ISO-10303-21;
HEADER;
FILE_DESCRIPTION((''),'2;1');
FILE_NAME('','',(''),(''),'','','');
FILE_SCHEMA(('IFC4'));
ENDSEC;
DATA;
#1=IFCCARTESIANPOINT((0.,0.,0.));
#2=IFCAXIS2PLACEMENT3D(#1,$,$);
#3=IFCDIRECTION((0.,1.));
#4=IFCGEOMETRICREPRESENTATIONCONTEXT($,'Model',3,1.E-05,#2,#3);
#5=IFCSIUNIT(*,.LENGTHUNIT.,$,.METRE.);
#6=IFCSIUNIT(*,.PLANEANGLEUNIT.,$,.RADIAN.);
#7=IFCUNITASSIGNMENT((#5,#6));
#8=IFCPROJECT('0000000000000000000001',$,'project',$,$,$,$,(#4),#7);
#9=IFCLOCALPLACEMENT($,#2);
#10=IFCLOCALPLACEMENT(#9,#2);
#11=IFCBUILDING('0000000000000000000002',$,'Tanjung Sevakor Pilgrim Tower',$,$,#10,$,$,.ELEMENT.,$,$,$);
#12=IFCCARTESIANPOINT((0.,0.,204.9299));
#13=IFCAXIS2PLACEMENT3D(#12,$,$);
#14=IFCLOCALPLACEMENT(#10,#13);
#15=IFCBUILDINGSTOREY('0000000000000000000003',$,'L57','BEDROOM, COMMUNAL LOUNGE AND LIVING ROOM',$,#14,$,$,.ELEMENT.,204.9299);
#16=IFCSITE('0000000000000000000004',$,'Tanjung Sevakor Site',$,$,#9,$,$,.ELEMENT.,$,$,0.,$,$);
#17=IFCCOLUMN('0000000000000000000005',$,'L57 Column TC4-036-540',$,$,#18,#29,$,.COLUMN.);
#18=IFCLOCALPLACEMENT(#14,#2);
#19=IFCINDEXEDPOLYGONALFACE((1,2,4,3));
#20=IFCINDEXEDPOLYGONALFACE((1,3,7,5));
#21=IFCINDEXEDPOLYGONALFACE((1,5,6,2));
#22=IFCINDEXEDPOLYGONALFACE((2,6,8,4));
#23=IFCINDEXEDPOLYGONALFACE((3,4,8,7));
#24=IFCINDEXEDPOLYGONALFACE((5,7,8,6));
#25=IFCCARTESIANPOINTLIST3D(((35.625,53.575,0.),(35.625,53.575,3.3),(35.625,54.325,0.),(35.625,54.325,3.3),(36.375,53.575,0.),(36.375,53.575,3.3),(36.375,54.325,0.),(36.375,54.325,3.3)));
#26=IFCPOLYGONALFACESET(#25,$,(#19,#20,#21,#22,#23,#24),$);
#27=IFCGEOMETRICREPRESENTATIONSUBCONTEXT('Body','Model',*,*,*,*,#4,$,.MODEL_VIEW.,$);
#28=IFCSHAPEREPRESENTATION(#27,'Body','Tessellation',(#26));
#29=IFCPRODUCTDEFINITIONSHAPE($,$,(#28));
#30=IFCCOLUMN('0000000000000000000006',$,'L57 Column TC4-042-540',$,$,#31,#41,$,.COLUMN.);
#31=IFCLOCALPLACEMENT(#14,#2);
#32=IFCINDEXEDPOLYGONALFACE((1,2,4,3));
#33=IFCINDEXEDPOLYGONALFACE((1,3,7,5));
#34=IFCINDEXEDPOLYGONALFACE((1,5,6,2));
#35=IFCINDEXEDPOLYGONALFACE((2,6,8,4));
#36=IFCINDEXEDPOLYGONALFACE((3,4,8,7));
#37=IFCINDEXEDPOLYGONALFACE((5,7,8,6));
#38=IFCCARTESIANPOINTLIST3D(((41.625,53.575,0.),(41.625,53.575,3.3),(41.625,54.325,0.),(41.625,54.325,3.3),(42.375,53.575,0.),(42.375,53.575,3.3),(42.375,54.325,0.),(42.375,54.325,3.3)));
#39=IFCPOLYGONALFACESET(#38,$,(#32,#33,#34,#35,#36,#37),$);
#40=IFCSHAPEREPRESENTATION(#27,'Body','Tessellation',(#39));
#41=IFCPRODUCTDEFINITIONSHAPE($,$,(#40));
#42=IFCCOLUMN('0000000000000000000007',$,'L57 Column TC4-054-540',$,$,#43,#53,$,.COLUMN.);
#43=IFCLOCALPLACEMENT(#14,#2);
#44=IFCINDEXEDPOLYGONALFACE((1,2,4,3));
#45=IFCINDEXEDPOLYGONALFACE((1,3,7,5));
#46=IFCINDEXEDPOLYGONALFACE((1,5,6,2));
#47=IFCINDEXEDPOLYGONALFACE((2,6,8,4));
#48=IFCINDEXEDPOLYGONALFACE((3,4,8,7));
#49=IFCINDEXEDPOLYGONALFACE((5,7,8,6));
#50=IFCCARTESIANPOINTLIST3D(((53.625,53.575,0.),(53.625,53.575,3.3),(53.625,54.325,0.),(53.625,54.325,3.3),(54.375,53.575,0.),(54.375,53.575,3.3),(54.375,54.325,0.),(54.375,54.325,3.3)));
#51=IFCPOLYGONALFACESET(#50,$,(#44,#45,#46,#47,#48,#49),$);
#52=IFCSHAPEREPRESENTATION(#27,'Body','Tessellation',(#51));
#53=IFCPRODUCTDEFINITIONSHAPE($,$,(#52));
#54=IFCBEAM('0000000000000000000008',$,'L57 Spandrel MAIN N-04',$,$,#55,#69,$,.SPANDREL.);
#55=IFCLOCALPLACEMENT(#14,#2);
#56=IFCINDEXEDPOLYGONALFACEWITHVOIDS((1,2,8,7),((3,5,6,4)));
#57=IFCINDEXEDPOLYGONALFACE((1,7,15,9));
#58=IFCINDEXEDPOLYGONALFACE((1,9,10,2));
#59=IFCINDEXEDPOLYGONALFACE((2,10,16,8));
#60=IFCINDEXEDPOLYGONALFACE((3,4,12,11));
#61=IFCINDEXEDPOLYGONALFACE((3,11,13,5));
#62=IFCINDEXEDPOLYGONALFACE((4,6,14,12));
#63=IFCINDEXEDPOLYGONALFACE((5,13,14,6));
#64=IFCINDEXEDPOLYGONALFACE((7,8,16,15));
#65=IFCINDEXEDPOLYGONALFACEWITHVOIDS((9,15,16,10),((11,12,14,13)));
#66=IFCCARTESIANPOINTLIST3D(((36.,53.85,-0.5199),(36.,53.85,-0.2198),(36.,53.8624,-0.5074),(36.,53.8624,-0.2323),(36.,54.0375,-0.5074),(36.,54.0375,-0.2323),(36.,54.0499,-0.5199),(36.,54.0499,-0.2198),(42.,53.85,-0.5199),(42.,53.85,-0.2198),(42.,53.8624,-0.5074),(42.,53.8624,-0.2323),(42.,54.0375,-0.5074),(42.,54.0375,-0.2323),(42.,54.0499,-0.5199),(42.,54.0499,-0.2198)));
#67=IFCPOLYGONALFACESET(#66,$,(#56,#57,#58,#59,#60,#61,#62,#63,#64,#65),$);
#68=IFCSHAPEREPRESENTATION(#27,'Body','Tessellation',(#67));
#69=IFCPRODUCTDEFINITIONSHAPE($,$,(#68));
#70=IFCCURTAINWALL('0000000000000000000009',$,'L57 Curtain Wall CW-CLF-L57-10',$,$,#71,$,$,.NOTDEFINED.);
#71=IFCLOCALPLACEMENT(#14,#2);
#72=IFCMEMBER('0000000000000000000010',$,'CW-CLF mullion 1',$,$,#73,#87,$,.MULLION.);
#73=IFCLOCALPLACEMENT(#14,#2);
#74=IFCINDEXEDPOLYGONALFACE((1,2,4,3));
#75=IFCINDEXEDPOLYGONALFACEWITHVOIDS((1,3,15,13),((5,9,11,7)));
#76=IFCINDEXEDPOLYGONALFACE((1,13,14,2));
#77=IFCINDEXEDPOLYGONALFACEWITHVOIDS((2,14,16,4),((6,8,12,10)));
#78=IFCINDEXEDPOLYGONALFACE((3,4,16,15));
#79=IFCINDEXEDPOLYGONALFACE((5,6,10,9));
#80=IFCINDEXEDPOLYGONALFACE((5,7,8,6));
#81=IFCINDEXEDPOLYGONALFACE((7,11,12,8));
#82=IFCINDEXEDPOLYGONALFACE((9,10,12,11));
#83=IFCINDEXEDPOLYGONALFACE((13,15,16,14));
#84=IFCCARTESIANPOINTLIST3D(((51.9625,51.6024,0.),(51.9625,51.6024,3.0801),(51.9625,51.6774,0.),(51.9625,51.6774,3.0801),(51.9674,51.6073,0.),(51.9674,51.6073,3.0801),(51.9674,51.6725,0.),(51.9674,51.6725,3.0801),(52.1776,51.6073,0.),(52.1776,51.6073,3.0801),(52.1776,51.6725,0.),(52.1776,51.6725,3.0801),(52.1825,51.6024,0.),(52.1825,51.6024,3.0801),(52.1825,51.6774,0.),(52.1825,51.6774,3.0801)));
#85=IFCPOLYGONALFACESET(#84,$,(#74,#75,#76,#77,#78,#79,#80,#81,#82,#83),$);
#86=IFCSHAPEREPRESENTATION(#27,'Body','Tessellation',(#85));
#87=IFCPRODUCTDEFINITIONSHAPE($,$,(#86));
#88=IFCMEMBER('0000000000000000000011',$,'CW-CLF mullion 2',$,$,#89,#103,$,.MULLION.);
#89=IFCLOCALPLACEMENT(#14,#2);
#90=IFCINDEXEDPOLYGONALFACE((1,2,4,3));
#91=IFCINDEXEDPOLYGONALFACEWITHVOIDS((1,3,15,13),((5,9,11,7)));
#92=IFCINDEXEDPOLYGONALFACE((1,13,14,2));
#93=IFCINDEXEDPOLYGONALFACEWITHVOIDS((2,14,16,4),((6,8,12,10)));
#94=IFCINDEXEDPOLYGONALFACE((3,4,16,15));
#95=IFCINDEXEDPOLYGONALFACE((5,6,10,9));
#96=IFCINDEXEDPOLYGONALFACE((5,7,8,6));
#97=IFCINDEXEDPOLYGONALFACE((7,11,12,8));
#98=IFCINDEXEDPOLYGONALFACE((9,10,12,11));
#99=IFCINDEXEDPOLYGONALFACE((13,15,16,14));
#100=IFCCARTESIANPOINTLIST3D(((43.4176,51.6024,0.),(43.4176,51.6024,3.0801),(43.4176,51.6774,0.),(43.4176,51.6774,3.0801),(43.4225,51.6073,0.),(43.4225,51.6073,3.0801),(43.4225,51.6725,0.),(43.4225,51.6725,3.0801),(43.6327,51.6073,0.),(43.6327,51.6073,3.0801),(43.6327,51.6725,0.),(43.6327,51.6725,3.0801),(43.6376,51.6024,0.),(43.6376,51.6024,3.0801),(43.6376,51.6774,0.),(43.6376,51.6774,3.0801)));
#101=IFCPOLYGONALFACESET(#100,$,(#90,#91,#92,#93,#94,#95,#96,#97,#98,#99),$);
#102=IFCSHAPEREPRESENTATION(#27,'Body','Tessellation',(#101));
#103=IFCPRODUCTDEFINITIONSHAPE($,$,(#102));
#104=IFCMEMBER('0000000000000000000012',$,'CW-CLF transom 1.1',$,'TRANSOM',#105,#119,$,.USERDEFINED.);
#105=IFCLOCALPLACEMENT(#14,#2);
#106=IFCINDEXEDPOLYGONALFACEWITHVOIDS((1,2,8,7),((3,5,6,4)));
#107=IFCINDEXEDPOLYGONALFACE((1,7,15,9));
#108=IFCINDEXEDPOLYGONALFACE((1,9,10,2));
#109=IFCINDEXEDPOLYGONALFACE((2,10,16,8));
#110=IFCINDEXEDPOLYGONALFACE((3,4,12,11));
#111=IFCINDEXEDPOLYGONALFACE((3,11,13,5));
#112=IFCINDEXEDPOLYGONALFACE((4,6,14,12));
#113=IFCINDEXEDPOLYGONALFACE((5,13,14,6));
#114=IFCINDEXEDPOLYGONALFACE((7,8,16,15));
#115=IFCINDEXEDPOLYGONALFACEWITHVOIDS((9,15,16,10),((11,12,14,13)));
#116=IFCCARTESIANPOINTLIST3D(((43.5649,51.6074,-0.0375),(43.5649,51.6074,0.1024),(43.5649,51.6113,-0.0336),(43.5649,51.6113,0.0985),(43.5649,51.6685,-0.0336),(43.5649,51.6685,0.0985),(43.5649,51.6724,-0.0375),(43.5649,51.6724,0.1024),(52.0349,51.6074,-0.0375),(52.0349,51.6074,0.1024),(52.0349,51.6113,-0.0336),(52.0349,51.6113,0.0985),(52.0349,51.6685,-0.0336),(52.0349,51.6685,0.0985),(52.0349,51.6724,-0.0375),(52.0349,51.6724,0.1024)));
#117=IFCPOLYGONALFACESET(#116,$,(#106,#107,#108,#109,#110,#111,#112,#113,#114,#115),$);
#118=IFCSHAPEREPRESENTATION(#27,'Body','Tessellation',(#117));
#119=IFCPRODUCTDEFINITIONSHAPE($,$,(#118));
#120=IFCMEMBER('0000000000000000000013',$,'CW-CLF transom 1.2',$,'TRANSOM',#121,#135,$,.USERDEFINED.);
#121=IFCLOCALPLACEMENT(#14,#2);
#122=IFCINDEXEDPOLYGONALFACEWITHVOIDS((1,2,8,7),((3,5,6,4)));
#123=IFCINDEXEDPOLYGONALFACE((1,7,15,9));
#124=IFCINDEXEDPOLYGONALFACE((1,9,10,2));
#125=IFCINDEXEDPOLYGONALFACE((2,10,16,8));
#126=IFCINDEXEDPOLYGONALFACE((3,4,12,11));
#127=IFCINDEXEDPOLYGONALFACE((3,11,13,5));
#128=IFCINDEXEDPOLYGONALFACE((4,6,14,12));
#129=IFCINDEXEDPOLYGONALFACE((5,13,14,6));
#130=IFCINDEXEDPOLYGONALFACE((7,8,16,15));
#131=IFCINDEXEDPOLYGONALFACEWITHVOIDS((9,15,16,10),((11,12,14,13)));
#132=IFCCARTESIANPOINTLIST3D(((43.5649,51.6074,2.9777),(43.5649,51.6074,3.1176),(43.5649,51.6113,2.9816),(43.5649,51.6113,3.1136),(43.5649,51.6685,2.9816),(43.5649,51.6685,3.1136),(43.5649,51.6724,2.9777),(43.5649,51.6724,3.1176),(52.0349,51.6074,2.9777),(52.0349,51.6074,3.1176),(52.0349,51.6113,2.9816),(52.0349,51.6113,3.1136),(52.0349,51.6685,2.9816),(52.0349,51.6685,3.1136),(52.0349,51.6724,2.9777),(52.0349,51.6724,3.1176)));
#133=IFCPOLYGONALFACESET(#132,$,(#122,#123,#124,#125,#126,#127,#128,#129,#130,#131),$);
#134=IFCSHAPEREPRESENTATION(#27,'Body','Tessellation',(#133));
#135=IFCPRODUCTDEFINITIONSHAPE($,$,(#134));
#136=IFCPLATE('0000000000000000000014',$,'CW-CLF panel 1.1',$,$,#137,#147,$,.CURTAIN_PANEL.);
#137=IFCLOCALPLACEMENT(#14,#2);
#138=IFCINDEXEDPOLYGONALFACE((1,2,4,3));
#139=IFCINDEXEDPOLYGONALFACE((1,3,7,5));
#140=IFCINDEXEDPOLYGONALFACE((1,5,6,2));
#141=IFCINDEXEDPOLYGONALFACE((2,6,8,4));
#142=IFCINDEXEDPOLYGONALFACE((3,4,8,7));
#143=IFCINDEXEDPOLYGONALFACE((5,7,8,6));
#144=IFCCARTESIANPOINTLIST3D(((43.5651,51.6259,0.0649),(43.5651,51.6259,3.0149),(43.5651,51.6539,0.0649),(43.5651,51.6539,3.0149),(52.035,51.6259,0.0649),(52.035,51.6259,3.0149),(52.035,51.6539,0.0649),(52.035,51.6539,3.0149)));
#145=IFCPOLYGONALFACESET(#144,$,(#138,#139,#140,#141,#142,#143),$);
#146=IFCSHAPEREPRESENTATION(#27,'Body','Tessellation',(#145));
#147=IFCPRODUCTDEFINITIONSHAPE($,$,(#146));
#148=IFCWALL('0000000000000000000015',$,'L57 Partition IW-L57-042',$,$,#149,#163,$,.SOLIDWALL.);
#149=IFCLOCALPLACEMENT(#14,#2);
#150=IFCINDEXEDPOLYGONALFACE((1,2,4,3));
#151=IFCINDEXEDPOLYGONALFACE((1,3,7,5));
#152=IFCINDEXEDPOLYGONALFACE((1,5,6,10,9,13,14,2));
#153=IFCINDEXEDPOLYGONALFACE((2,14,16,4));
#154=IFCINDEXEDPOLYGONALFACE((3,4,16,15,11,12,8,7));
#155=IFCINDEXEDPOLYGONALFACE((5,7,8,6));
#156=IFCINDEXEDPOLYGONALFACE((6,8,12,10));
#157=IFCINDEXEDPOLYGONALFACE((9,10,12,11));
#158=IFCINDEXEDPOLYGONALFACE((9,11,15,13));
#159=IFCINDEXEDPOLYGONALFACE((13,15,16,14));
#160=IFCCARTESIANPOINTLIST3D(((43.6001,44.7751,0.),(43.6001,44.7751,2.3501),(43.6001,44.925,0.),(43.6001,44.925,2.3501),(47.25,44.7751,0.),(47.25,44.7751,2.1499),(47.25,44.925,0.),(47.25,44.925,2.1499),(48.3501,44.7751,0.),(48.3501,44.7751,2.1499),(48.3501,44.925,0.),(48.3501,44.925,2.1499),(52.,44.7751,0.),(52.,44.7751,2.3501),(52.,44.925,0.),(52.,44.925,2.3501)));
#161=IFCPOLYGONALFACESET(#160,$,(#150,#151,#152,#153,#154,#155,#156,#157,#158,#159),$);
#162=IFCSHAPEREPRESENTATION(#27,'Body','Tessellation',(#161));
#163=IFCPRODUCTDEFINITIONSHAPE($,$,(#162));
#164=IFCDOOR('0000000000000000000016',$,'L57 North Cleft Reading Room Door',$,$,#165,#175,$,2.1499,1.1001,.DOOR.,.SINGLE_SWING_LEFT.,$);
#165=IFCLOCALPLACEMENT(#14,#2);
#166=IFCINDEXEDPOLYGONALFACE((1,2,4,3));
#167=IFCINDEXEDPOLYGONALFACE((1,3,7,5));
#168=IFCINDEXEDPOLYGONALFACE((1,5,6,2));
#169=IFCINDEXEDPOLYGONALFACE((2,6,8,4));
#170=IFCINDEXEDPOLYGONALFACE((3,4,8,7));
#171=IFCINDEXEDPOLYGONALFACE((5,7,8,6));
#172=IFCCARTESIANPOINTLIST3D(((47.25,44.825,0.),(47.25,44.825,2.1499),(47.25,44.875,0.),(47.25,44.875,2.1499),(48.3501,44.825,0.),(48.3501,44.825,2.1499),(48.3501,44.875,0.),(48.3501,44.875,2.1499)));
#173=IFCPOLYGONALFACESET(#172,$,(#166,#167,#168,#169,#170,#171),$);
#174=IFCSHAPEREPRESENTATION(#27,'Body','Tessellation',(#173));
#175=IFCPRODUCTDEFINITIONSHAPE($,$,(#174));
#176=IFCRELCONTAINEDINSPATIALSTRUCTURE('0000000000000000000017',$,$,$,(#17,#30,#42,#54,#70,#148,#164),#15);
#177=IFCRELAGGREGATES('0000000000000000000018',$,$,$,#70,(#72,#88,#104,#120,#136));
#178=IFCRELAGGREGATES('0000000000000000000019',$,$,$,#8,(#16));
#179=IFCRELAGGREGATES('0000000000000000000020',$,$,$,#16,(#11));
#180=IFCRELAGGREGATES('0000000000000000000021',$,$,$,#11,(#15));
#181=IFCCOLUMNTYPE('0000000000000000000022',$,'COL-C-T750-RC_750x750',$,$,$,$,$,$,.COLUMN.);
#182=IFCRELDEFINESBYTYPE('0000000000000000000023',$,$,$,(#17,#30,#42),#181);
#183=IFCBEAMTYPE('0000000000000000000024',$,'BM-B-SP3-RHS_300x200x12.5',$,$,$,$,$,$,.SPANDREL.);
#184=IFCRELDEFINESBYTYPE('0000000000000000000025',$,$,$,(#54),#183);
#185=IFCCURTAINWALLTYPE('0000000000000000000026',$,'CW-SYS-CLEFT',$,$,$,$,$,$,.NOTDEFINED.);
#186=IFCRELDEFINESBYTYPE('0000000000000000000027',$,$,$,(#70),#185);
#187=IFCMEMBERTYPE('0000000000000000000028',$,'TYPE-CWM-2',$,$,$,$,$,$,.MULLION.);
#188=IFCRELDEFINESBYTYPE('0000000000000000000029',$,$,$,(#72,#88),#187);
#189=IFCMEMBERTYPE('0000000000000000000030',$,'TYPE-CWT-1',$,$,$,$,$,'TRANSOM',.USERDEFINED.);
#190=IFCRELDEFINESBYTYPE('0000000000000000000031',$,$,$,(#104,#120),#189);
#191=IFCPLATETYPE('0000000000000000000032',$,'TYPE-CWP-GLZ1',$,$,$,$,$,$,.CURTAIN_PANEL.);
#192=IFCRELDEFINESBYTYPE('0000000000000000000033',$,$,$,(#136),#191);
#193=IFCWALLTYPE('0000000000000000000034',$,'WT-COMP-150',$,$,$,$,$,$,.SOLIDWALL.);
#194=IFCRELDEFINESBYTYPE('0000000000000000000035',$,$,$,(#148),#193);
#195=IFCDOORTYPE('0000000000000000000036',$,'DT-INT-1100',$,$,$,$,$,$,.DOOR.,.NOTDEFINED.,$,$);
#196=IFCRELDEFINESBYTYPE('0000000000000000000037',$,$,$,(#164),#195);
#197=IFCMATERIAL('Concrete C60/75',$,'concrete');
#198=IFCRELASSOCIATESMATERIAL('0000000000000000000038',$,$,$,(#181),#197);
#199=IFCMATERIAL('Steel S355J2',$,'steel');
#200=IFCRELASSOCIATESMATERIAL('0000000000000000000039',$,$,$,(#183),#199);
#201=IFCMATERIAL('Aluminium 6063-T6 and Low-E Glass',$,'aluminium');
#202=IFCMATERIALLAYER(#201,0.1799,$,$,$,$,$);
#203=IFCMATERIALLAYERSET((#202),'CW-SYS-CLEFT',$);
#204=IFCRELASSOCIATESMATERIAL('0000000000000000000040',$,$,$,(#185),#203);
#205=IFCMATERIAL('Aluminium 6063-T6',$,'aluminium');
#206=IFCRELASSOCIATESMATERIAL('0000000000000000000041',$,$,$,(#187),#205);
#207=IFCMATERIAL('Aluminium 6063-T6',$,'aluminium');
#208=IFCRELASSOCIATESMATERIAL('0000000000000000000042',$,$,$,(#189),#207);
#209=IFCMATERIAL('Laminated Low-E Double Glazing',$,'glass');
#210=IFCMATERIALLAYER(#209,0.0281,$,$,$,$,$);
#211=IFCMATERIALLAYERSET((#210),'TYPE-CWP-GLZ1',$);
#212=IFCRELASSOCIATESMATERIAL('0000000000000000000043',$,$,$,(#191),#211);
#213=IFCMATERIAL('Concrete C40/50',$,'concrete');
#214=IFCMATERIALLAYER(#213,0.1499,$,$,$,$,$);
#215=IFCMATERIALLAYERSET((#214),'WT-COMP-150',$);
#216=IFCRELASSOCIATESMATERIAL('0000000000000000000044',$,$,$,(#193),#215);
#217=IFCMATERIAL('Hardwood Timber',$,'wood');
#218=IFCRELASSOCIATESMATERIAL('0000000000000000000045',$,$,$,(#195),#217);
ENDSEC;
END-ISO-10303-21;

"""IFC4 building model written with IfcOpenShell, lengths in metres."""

from ifc_helpers import new_model, si_unit, direction, frame, frame_2d, origin, origin_2d, place, context, subcontext, project, spatial, rectangle, hollow_rectangle, extrude, material, layer, layer_set, material_profile, profile_set, type_object, element, fill, aggregate, save


model = new_model("IFC4")

# Units and contexts
model_context = context("Model", 3, precision=1e-05, world=origin(), true_north=direction((0.0, 1.0)))
body_context = subcontext(model_context, "Body", "Model", "MODEL_VIEW")
ifc_project = project(units=[si_unit("LENGTHUNIT", "METRE"), si_unit("PLANEANGLEUNIT", "RADIAN")], contexts=[model_context])

# Site, building, storey
site_placement = place(None, origin())
site = spatial("IfcSite", under=ifc_project, at=site_placement, Name="Tanjung Sevakor Site", CompositionType="ELEMENT", RefElevation=0.0)
building_placement = place(site_placement, origin())
building = spatial("IfcBuilding", under=site, at=building_placement, Name="Tanjung Sevakor Pilgrim Tower", CompositionType="ELEMENT")
storey_placement = place(building_placement, frame((0.0, 0.0, 204.9299)))
storey = spatial("IfcBuildingStorey", under=building, at=storey_placement, Name="L57", Description="BEDROOM, COMMUNAL LOUNGE AND LIVING ROOM", CompositionType="ELEMENT", Elevation=204.9299)

# Columns
ifc_material_1 = material(Name="Concrete C60/75", Category="concrete")
ifc_material_profile_1 = material_profile(ifc_material_1, rectangle(XDim=0.75, YDim=0.75, at=origin_2d()))
ifc_profile_set_1 = profile_set([ifc_material_profile_1], Name="Concrete C60/75")
column_type = type_object("IfcColumnType", Name="COL-C-T750-RC_750x750", PredefinedType="COLUMN", material=ifc_profile_set_1)
for number, where, z_axis, x_axis, name in (
    (1, (36.0, 53.95, 0.0), (0.0, 0.0, 1.0), (1.0, 0.0, 0.0), "L57 Column TC4-036-540"),
    (2, (42.0, 53.95, 0.0), (0.0, 0.0, 1.0), (1.0, 0.0, 0.0), "L57 Column TC4-042-540"),
    (3, (54.0, 53.95, 0.0), (0.0, 0.0, 1.0), (1.0, 0.0, 0.0), "L57 Column TC4-054-540"),
):
    element("IfcColumn", number, at=place(storey_placement, frame(where, z_axis=z_axis, x_axis=x_axis)), inside=storey, type_object=column_type, Name=name, PredefinedType="COLUMN", context=body_context, shape_type="SweptSolid", body=[
        extrude(rectangle(XDim=0.75, YDim=0.75, at=origin_2d()), origin(), (0.0, 0.0, 1.0), 3.3),
    ])

# Beam
ifc_material_2 = material(Name="Steel S355J2", Category="steel")
ifc_material_profile_2 = material_profile(ifc_material_2, hollow_rectangle(XDim=0.2, YDim=0.3, WallThickness=0.0125, at=origin_2d()))
ifc_profile_set_2 = profile_set([ifc_material_profile_2], Name="Steel S355J2")
beam_type = type_object("IfcBeamType", Name="BM-B-SP3-RHS_300x200x12.5", PredefinedType="SPANDREL", material=ifc_profile_set_2)
beam_placement = place(storey_placement, frame((36.0, 53.95, -0.3699), z_axis=(1.0, 0.0, 0.0), x_axis=(0.0, 1.0, 0.0)))
element("IfcBeam", 4, at=beam_placement, inside=storey, type_object=beam_type, Name="L57 Spandrel MAIN N-04", PredefinedType="SPANDREL", context=body_context, shape_type="SweptSolid", body=[
    extrude(hollow_rectangle(XDim=0.2, YDim=0.3, WallThickness=0.0125, at=origin_2d()), origin(), (0.0, 0.0, 1.0), 6.0),
])

# Curtain wall, members, plate
ifc_material_3 = material(Name="Aluminium 6063-T6 and Low-E Glass", Category="aluminium")
ifc_layer_1 = layer(ifc_material_3, 0.1799)
ifc_layer_set_1 = layer_set([ifc_layer_1], Name="CW-SYS-CLEFT")
curtain_wall_type = type_object("IfcCurtainWallType", Name="CW-SYS-CLEFT", PredefinedType="NOTDEFINED", material=ifc_layer_set_1)
curtain_wall_placement = place(storey_placement, origin())
curtain_wall = element("IfcCurtainWall", 5, at=curtain_wall_placement, inside=storey, type_object=curtain_wall_type, Name="L57 Curtain Wall CW-CLF-L57-10", PredefinedType="NOTDEFINED")
ifc_material_4 = material(Name="Aluminium 6063-T6", Category="aluminium")
ifc_material_profile_3 = material_profile(ifc_material_4, hollow_rectangle(XDim=0.075, YDim=0.22, WallThickness=0.0049, at=origin_2d()))
ifc_profile_set_3 = profile_set([ifc_material_profile_3], Name="Aluminium 6063-T6")
member_type_1 = type_object("IfcMemberType", Name="TYPE-CWM-2", PredefinedType="MULLION", material=ifc_profile_set_3)
member_1_placement = place(storey_placement, frame((52.0725, 51.6399, 0.0), z_axis=(0.0, 0.0, 1.0), x_axis=(0.0, -1.0, 0.0)))
member_1 = element("IfcMember", 6, at=member_1_placement, type_object=member_type_1, Name="CW-CLF mullion 1", PredefinedType="MULLION", context=body_context, shape_type="SweptSolid", body=[
    extrude(hollow_rectangle(XDim=0.075, YDim=0.22, WallThickness=0.0049, at=origin_2d()), origin(), (0.0, 0.0, 1.0), 3.0801),
])
member_2_placement = place(storey_placement, frame((43.5276, 51.6399, 0.0), z_axis=(0.0, 0.0, 1.0), x_axis=(0.0, -1.0, 0.0)))
member_2 = element("IfcMember", 7, at=member_2_placement, type_object=member_type_1, Name="CW-CLF mullion 2", PredefinedType="MULLION", context=body_context, shape_type="SweptSolid", body=[
    extrude(hollow_rectangle(XDim=0.075, YDim=0.22, WallThickness=0.0049, at=origin_2d()), origin(), (0.0, 0.0, 1.0), 3.0801),
])
ifc_material_5 = material(Name="Aluminium 6063-T6", Category="aluminium")
ifc_material_profile_4 = material_profile(ifc_material_5, hollow_rectangle(XDim=0.0649, YDim=0.1399, WallThickness=0.0039, at=origin_2d()))
ifc_profile_set_4 = profile_set([ifc_material_profile_4], Name="Aluminium 6063-T6")
member_type_2 = type_object("IfcMemberType", Name="TYPE-CWT-1", ElementType="TRANSOM", PredefinedType="USERDEFINED", material=ifc_profile_set_4)
member_3_placement = place(storey_placement, frame((52.0349, 51.6399, 0.0325), z_axis=(-1.0, 0.0, 0.0), x_axis=(0.0, -1.0, 0.0)))
member_3 = element("IfcMember", 8, at=member_3_placement, type_object=member_type_2, Name="CW-CLF transom 1.1", ObjectType="TRANSOM", PredefinedType="USERDEFINED", context=body_context, shape_type="SweptSolid", body=[
    extrude(hollow_rectangle(XDim=0.0649, YDim=0.1399, WallThickness=0.0039, at=origin_2d()), origin(), (0.0, 0.0, 1.0), 8.47),
])
member_4_placement = place(storey_placement, frame((52.0349, 51.6399, 3.0476), z_axis=(-1.0, 0.0, 0.0), x_axis=(0.0, -1.0, 0.0)))
member_4 = element("IfcMember", 9, at=member_4_placement, type_object=member_type_2, Name="CW-CLF transom 1.2", ObjectType="TRANSOM", PredefinedType="USERDEFINED", context=body_context, shape_type="SweptSolid", body=[
    extrude(hollow_rectangle(XDim=0.0649, YDim=0.1399, WallThickness=0.0039, at=origin_2d()), origin(), (0.0, 0.0, 1.0), 8.47),
])
ifc_material_6 = material(Name="Laminated Low-E Double Glazing", Category="glass")
ifc_layer_2 = layer(ifc_material_6, 0.0281)
ifc_layer_set_2 = layer_set([ifc_layer_2], Name="TYPE-CWP-GLZ1")
plate_type = type_object("IfcPlateType", Name="TYPE-CWP-GLZ1", PredefinedType="CURTAIN_PANEL", material=ifc_layer_set_2)
plate_placement = place(storey_placement, frame((47.8, 51.6399, 0.0649), z_axis=(0.0, 0.0, 1.0), x_axis=(-1.0, 0.0, 0.0)))
plate = element("IfcPlate", 10, at=plate_placement, type_object=plate_type, Name="CW-CLF panel 1.1", PredefinedType="CURTAIN_PANEL", context=body_context, shape_type="SweptSolid", body=[
    extrude(rectangle(XDim=8.47, YDim=0.0281, at=origin_2d()), origin(), (0.0, 0.0, 1.0), 2.95),
])
aggregate(curtain_wall, [member_1, member_2, member_3, member_4, plate])

# Wall, opening, door
ifc_material_7 = material(Name="Concrete C40/50", Category="concrete")
ifc_layer_3 = layer(ifc_material_7, 0.1499)
ifc_layer_set_3 = layer_set([ifc_layer_3], Name="WT-COMP-150")
wall_type_1 = type_object("IfcWallType", Name="WT-COMP-150", PredefinedType="SOLIDWALL", material=ifc_layer_set_3)
wall_1_placement = place(storey_placement, frame((43.6001, 44.8501, 0.0), z_axis=(0.0, 0.0, 1.0), x_axis=(1.0, 0.0, 0.0)))
wall_1 = element("IfcWall", 11, at=wall_1_placement, inside=storey, type_object=wall_type_1, Name="L57 Partition IW-L57-042", PredefinedType="SOLIDWALL", context=body_context, shape_type="SweptSolid", body=[
    extrude(rectangle(XDim=8.3999, YDim=0.1499, at=frame_2d((4.2, 0.0))), origin(), (0.0, 0.0, 1.0), 2.3501),
])
opening_1_placement = place(wall_1_placement, frame((3.6499, 0.0, 0.0)))
opening_1 = element("IfcOpeningElement", 12, at=opening_1_placement, cuts=wall_1, PredefinedType="OPENING", context=body_context, shape_type="SweptSolid", body=[
    extrude(rectangle(XDim=1.1001, YDim=2.1499, at=frame_2d((0.55, 1.075))), frame((0.0, 0.085, 0.0), z_axis=(0.0, -1.0, 0.0), x_axis=(1.0, 0.0, 0.0)), (0.0, 0.0, 1.0), 0.1699),
])
ifc_material_8 = material(Name="Hardwood Timber", Category="wood")
door_type_1 = type_object("IfcDoorType", Name="DT-INT-1100", OperationType="NOTDEFINED", PredefinedType="DOOR", material=ifc_material_8)
door_1_placement = place(opening_1_placement, origin())
door_1 = element("IfcDoor", 13, at=door_1_placement, inside=storey, type_object=door_type_1, Name="L57 North Cleft Reading Room Door", OperationType="SINGLE_SWING_LEFT", OverallHeight=2.1499, OverallWidth=1.1001, PredefinedType="DOOR", context=body_context, shape_type="SweptSolid", body=[
    extrude(rectangle(XDim=1.1001, YDim=2.1499, at=frame_2d((0.55, 1.075))), frame((0.0, 0.0249, 0.0), z_axis=(0.0, -1.0, 0.0), x_axis=(1.0, 0.0, 0.0)), (0.0, 0.0, 1.0), 0.05),
])
fill(opening_1, door_1)

save(model, "model.ifc")
